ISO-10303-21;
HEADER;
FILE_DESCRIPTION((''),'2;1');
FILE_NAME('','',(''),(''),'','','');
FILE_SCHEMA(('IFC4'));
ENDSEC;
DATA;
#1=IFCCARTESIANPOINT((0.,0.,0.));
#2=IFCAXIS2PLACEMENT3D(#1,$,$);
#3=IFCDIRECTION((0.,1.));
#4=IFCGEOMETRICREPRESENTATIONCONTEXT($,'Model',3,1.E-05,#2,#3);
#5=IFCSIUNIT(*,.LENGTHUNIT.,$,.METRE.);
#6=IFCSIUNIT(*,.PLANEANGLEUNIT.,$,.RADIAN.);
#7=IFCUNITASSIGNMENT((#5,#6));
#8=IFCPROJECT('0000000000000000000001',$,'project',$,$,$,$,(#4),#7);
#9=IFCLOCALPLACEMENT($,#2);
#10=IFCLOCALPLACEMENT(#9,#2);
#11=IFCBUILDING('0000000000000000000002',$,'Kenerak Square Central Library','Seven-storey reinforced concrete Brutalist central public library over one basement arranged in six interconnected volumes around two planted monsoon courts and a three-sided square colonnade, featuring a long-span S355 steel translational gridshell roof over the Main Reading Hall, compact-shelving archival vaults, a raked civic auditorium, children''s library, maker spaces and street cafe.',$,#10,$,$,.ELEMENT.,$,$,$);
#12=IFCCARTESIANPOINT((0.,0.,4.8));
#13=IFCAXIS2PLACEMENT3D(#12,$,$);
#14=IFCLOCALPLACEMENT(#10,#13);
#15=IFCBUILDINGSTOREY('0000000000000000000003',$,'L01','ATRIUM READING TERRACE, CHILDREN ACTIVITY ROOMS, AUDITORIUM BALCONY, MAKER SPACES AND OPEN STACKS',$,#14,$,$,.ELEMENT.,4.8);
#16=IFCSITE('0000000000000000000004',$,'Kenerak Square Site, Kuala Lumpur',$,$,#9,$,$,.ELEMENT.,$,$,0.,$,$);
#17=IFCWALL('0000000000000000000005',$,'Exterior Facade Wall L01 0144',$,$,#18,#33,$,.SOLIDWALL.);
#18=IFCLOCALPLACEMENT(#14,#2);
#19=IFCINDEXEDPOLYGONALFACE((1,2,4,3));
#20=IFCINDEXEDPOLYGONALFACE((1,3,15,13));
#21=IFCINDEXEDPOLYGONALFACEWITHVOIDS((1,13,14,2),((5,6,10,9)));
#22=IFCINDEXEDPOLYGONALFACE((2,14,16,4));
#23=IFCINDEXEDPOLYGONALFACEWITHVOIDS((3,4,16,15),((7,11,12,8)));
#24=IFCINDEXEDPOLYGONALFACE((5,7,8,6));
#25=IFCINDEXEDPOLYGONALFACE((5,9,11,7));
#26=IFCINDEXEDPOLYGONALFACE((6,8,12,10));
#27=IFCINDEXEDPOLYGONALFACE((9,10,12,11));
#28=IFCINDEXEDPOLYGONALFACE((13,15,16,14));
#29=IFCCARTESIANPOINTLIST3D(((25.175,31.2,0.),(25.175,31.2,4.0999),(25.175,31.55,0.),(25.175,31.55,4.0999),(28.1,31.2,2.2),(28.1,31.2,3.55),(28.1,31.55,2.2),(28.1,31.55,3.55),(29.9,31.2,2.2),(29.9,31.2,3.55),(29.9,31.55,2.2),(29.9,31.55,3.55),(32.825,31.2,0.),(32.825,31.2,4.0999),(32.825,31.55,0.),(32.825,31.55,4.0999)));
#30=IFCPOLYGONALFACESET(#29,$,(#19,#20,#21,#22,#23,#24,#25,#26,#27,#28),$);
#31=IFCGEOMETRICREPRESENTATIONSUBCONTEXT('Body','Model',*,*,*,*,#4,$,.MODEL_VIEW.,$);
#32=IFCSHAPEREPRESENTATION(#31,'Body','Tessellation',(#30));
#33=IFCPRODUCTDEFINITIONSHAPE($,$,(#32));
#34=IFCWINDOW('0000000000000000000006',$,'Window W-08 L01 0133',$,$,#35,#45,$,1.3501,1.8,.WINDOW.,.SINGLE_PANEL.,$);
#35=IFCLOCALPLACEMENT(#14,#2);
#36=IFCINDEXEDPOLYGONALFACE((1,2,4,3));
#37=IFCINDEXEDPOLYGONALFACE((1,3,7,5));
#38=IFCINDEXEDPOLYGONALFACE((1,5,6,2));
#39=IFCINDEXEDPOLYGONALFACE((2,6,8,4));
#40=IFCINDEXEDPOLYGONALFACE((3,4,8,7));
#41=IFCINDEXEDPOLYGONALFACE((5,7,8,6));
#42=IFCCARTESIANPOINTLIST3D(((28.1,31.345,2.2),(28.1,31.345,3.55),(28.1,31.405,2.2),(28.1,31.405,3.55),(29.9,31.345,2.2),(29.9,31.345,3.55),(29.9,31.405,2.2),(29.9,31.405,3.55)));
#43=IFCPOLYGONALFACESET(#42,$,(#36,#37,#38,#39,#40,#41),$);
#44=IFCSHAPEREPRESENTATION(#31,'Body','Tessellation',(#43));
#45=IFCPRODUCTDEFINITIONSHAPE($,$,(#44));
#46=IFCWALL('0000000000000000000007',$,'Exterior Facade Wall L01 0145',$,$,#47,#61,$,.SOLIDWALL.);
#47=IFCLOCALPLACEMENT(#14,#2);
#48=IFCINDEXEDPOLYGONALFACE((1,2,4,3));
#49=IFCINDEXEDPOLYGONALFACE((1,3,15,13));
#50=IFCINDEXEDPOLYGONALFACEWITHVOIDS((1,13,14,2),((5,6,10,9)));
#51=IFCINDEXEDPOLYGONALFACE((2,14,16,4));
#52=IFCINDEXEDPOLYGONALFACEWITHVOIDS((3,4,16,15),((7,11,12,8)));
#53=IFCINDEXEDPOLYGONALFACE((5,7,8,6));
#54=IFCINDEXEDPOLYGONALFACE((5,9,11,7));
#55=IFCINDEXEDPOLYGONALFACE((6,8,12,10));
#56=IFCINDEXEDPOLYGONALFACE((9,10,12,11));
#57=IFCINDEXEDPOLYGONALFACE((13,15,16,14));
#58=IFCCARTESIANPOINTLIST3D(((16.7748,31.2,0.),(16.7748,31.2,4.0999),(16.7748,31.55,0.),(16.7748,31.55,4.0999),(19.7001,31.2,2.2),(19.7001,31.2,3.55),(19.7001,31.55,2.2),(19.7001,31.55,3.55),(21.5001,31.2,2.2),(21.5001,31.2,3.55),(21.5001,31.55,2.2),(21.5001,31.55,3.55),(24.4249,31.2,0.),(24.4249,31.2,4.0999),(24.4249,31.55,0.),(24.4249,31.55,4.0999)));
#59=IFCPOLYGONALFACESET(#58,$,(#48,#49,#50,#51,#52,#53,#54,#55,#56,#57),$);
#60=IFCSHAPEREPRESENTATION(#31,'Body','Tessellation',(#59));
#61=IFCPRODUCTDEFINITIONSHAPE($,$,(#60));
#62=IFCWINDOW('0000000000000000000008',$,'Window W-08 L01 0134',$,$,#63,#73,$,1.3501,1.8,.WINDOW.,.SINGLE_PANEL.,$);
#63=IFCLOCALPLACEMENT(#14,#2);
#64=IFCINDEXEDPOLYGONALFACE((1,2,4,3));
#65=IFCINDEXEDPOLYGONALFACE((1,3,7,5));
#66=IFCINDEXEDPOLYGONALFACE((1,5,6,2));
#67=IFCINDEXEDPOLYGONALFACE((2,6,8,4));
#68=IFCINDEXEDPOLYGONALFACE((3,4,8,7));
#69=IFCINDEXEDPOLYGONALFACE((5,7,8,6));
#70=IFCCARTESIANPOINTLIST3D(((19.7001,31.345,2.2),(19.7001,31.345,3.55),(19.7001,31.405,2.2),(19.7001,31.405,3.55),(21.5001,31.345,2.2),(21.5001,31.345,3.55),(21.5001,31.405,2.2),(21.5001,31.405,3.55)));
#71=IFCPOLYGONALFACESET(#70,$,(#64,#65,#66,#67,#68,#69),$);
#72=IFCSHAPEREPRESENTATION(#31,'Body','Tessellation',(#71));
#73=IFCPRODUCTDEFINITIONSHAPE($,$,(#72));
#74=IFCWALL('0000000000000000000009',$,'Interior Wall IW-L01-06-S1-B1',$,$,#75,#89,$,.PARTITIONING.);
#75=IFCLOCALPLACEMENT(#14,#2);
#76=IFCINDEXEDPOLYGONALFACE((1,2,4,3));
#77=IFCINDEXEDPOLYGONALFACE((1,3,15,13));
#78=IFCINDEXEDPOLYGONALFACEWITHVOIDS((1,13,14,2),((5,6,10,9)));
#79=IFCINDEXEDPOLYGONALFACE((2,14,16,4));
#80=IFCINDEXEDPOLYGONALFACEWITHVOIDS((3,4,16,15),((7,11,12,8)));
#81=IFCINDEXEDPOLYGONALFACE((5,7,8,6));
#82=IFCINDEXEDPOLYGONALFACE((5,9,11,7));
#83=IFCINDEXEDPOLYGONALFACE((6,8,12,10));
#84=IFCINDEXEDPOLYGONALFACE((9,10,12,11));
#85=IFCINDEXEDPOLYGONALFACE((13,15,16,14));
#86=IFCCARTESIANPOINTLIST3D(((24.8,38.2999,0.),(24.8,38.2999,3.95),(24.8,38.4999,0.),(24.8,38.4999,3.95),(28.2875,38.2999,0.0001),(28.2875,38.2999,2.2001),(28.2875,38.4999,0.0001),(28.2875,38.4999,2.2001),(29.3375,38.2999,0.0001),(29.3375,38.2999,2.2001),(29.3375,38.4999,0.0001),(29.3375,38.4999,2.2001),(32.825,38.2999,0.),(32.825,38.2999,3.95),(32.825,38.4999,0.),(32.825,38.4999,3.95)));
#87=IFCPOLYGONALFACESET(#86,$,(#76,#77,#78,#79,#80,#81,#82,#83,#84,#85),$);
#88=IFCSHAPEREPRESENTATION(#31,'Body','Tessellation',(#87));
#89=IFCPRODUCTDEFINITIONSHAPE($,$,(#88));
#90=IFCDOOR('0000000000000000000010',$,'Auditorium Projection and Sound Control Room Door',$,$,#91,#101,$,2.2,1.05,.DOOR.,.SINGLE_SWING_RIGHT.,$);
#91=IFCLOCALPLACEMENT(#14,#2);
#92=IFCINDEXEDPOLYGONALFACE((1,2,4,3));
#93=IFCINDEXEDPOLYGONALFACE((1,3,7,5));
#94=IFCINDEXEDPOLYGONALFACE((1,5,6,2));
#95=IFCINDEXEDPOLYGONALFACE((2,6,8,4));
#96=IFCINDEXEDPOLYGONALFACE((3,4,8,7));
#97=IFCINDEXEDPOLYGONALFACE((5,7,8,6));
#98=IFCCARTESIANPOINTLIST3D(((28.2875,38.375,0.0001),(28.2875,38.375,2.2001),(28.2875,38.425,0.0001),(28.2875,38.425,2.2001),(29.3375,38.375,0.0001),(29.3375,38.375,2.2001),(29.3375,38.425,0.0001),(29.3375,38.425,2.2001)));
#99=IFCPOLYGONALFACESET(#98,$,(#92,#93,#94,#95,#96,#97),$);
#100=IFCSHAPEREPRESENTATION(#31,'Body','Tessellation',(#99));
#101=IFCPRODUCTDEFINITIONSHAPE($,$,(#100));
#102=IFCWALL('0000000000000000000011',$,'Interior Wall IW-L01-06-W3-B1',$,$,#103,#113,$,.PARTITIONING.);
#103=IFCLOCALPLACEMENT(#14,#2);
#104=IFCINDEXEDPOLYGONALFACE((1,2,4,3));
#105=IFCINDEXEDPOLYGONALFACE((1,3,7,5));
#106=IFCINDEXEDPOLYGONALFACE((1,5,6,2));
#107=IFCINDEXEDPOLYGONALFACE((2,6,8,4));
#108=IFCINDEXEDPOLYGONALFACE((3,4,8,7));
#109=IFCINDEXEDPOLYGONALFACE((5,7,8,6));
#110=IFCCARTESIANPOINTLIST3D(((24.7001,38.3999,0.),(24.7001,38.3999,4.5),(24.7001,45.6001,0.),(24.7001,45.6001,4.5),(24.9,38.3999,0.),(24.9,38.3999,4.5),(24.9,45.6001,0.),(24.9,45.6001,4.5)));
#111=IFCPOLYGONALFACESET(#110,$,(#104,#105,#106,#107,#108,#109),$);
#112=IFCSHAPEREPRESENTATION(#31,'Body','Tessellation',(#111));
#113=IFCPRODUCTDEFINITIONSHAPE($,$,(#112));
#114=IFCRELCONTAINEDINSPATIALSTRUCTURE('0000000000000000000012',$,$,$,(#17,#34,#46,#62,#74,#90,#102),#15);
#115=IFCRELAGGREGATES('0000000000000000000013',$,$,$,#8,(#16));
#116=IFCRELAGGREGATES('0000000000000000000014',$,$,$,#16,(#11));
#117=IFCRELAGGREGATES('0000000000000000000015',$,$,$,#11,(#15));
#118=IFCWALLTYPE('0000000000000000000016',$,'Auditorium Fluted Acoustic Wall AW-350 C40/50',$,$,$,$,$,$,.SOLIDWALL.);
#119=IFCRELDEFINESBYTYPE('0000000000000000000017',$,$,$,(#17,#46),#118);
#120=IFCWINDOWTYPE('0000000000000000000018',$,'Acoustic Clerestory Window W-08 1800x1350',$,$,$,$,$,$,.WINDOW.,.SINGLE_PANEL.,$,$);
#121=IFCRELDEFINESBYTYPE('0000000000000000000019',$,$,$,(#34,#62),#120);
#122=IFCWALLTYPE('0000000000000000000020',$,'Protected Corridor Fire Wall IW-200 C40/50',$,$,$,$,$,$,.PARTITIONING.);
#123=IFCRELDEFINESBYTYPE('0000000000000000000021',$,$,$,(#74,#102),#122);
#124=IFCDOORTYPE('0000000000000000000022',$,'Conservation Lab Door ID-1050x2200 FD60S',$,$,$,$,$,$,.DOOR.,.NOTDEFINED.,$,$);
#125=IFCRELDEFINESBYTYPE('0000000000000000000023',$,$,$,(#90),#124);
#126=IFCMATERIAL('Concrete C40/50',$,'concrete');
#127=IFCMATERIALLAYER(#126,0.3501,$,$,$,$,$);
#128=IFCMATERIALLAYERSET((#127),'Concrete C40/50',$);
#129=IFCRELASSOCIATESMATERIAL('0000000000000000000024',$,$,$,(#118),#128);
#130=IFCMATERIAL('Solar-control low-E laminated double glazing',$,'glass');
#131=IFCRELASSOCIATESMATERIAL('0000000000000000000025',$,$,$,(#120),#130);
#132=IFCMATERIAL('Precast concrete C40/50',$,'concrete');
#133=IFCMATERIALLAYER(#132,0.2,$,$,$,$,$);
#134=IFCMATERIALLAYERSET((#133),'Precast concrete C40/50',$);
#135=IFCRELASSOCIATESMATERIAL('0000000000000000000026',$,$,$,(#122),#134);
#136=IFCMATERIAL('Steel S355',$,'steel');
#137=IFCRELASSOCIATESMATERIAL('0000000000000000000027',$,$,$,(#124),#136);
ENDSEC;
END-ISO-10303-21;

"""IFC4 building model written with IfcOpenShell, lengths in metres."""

from ifc_helpers import new_model, si_unit, direction, frame, frame_2d, origin, place, context, subcontext, project, spatial, rectangle, extrude, material, layer, layer_set, type_object, element, fill, save


model = new_model("IFC4")

# Units and contexts
model_context = context("Model", 3, precision=1e-05, world=origin(), true_north=direction((0.0, 1.0)))
body_context = subcontext(model_context, "Body", "Model", "MODEL_VIEW")
ifc_project = project(units=[si_unit("LENGTHUNIT", "METRE"), si_unit("PLANEANGLEUNIT", "RADIAN")], contexts=[model_context])

# Site, building, storey
site_placement = place(None, origin())
site = spatial("IfcSite", under=ifc_project, at=site_placement, Name="Kenerak Square Site, Kuala Lumpur", CompositionType="ELEMENT", RefElevation=0.0)
building_placement = place(site_placement, origin())
building = spatial("IfcBuilding", under=site, at=building_placement, Name="Kenerak Square Central Library", Description="Seven-storey reinforced concrete Brutalist central public library over one basement arranged in six interconnected volumes around two planted monsoon courts and a three-sided square colonnade, featuring a long-span S355 steel translational gridshell roof over the Main Reading Hall, compact-shelving archival vaults, a raked civic auditorium, children's library, maker spaces and street cafe.", CompositionType="ELEMENT")
storey_placement = place(building_placement, frame((0.0, 0.0, 4.8)))
storey = spatial("IfcBuildingStorey", under=building, at=storey_placement, Name="L01", Description="ATRIUM READING TERRACE, CHILDREN ACTIVITY ROOMS, AUDITORIUM BALCONY, MAKER SPACES AND OPEN STACKS", CompositionType="ELEMENT", Elevation=4.8)

# Shared definitions
ifc_material_1 = material(Name="Concrete C40/50", Category="concrete")

# Shared definitions
ifc_material_2 = material(Name="Steel S355", Category="steel")

# Walls, openings, windows
ifc_layer_1 = layer(ifc_material_1, 0.3501)
ifc_layer_set_1 = layer_set([ifc_layer_1], Name="Concrete C40/50")
wall_type_1 = type_object("IfcWallType", Name="Auditorium Fluted Acoustic Wall AW-350 C40/50", PredefinedType="SOLIDWALL", material=ifc_layer_set_1)
wall_1_placement = place(storey_placement, frame((32.825, 31.375, 0.0), z_axis=(0.0, 0.0, 1.0), x_axis=(-1.0, 0.0, 0.0)))
wall_1 = element("IfcWall", 1, at=wall_1_placement, inside=storey, type_object=wall_type_1, Name="Exterior Facade Wall L01 0144", PredefinedType="SOLIDWALL", context=body_context, shape_type="SweptSolid", body=[
    extrude(rectangle(XDim=7.6499, YDim=0.3501, at=frame_2d((3.825, 0.0))), origin(), (0.0, 0.0, 1.0), 4.0999),
])
opening_1_placement = place(wall_1_placement, frame((2.925, 0.0, 2.2)))
opening_1 = element("IfcOpeningElement", 2, at=opening_1_placement, cuts=wall_1, PredefinedType="OPENING", context=body_context, shape_type="SweptSolid", body=[
    extrude(rectangle(XDim=1.8, YDim=1.3501, at=frame_2d((0.8999, 0.675))), frame((0.0, 0.1851, 0.0), z_axis=(0.0, -1.0, 0.0), x_axis=(1.0, 0.0, 0.0)), (0.0, 0.0, 1.0), 0.3701),
])
ifc_material_3 = material(Name="Solar-control low-E laminated double glazing", Category="glass")
window_type = type_object("IfcWindowType", Name="Acoustic Clerestory Window W-08 1800x1350", PartitioningType="SINGLE_PANEL", PredefinedType="WINDOW", material=ifc_material_3)
window_1_placement = place(opening_1_placement, origin())
window_1 = element("IfcWindow", 3, at=window_1_placement, inside=storey, type_object=window_type, Name="Window W-08 L01 0133", OverallHeight=1.3501, OverallWidth=1.8, PartitioningType="SINGLE_PANEL", PredefinedType="WINDOW", context=body_context, shape_type="SweptSolid", body=[
    extrude(rectangle(XDim=1.8, YDim=1.3501, at=frame_2d((0.8999, 0.675))), frame((0.0, 0.03, 0.0), z_axis=(0.0, -1.0, 0.0), x_axis=(1.0, 0.0, 0.0)), (0.0, 0.0, 1.0), 0.0601),
])
fill(opening_1, window_1)
wall_2_placement = place(storey_placement, frame((24.425, 31.375, 0.0), z_axis=(0.0, 0.0, 1.0), x_axis=(-1.0, 0.0, 0.0)))
wall_2 = element("IfcWall", 4, at=wall_2_placement, inside=storey, type_object=wall_type_1, Name="Exterior Facade Wall L01 0145", PredefinedType="SOLIDWALL", context=body_context, shape_type="SweptSolid", body=[
    extrude(rectangle(XDim=7.6501, YDim=0.3501, at=frame_2d((3.8252, 0.0))), origin(), (0.0, 0.0, 1.0), 4.0999),
])
opening_2_placement = place(wall_2_placement, frame((2.925, 0.0, 2.2)))
opening_2 = element("IfcOpeningElement", 5, at=opening_2_placement, cuts=wall_2, PredefinedType="OPENING", context=body_context, shape_type="SweptSolid", body=[
    extrude(rectangle(XDim=1.8, YDim=1.3501, at=frame_2d((0.8999, 0.675))), frame((0.0, 0.1851, 0.0), z_axis=(0.0, -1.0, 0.0), x_axis=(1.0, 0.0, 0.0)), (0.0, 0.0, 1.0), 0.3701),
])
window_2_placement = place(opening_2_placement, origin())
window_2 = element("IfcWindow", 6, at=window_2_placement, inside=storey, type_object=window_type, Name="Window W-08 L01 0134", OverallHeight=1.3501, OverallWidth=1.8, PartitioningType="SINGLE_PANEL", PredefinedType="WINDOW", context=body_context, shape_type="SweptSolid", body=[
    extrude(rectangle(XDim=1.8, YDim=1.3501, at=frame_2d((0.8999, 0.675))), frame((0.0, 0.03, 0.0), z_axis=(0.0, -1.0, 0.0), x_axis=(1.0, 0.0, 0.0)), (0.0, 0.0, 1.0), 0.0601),
])
fill(opening_2, window_2)

# Wall, opening, door
ifc_material_4 = material(Name="Precast concrete C40/50", Category="concrete")
ifc_layer_2 = layer(ifc_material_4, 0.2)
ifc_layer_set_2 = layer_set([ifc_layer_2], Name="Precast concrete C40/50")
wall_type_2 = type_object("IfcWallType", Name="Protected Corridor Fire Wall IW-200 C40/50", PredefinedType="PARTITIONING", material=ifc_layer_set_2)
wall_3_placement = place(storey_placement, frame((32.825, 38.3999, 0.0), z_axis=(0.0, 0.0, 1.0), x_axis=(-1.0, 0.0, 0.0)))
wall_3 = element("IfcWall", 7, at=wall_3_placement, inside=storey, type_object=wall_type_2, Name="Interior Wall IW-L01-06-S1-B1", PredefinedType="PARTITIONING", context=body_context, shape_type="SweptSolid", body=[
    extrude(rectangle(XDim=8.0249, YDim=0.2, at=frame_2d((4.0125, 0.0))), origin(), (0.0, 0.0, 1.0), 3.95),
])
opening_3_placement = place(wall_3_placement, frame((3.4875, 0.0, 0.0)))
opening_3 = element("IfcOpeningElement", 8, at=opening_3_placement, cuts=wall_3, PredefinedType="OPENING", context=body_context, shape_type="SweptSolid", body=[
    extrude(rectangle(XDim=1.05, YDim=2.2, at=frame_2d((0.5249, 1.1001))), frame((0.0, 0.1099, 0.0), z_axis=(0.0, -1.0, 0.0), x_axis=(1.0, 0.0, 0.0)), (0.0, 0.0, 1.0), 0.22),
])
door_type = type_object("IfcDoorType", Name="Conservation Lab Door ID-1050x2200 FD60S", OperationType="NOTDEFINED", PredefinedType="DOOR", material=ifc_material_2)
door_placement = place(opening_3_placement, origin())
door = element("IfcDoor", 9, at=door_placement, inside=storey, type_object=door_type, Name="Auditorium Projection and Sound Control Room Door", OperationType="SINGLE_SWING_RIGHT", OverallHeight=2.2, OverallWidth=1.05, PredefinedType="DOOR", context=body_context, shape_type="SweptSolid", body=[
    extrude(rectangle(XDim=1.05, YDim=2.2, at=frame_2d((0.5249, 1.1001))), frame((0.0, 0.0249, 0.0), z_axis=(0.0, -1.0, 0.0), x_axis=(1.0, 0.0, 0.0)), (0.0, 0.0, 1.0), 0.05),
])
fill(opening_3, door)

# Wall
wall_4_placement = place(storey_placement, frame((24.8, 38.3999, 0.0), z_axis=(0.0, 0.0, 1.0), x_axis=(0.0, 1.0, 0.0)))
element("IfcWall", 10, at=wall_4_placement, inside=storey, type_object=wall_type_2, Name="Interior Wall IW-L01-06-W3-B1", PredefinedType="PARTITIONING", context=body_context, shape_type="SweptSolid", body=[
    extrude(rectangle(XDim=7.2002, YDim=0.2, at=frame_2d((3.6001, 0.0))), origin(), (0.0, 0.0, 1.0), 4.5),
])

save(model, "model.ifc")
